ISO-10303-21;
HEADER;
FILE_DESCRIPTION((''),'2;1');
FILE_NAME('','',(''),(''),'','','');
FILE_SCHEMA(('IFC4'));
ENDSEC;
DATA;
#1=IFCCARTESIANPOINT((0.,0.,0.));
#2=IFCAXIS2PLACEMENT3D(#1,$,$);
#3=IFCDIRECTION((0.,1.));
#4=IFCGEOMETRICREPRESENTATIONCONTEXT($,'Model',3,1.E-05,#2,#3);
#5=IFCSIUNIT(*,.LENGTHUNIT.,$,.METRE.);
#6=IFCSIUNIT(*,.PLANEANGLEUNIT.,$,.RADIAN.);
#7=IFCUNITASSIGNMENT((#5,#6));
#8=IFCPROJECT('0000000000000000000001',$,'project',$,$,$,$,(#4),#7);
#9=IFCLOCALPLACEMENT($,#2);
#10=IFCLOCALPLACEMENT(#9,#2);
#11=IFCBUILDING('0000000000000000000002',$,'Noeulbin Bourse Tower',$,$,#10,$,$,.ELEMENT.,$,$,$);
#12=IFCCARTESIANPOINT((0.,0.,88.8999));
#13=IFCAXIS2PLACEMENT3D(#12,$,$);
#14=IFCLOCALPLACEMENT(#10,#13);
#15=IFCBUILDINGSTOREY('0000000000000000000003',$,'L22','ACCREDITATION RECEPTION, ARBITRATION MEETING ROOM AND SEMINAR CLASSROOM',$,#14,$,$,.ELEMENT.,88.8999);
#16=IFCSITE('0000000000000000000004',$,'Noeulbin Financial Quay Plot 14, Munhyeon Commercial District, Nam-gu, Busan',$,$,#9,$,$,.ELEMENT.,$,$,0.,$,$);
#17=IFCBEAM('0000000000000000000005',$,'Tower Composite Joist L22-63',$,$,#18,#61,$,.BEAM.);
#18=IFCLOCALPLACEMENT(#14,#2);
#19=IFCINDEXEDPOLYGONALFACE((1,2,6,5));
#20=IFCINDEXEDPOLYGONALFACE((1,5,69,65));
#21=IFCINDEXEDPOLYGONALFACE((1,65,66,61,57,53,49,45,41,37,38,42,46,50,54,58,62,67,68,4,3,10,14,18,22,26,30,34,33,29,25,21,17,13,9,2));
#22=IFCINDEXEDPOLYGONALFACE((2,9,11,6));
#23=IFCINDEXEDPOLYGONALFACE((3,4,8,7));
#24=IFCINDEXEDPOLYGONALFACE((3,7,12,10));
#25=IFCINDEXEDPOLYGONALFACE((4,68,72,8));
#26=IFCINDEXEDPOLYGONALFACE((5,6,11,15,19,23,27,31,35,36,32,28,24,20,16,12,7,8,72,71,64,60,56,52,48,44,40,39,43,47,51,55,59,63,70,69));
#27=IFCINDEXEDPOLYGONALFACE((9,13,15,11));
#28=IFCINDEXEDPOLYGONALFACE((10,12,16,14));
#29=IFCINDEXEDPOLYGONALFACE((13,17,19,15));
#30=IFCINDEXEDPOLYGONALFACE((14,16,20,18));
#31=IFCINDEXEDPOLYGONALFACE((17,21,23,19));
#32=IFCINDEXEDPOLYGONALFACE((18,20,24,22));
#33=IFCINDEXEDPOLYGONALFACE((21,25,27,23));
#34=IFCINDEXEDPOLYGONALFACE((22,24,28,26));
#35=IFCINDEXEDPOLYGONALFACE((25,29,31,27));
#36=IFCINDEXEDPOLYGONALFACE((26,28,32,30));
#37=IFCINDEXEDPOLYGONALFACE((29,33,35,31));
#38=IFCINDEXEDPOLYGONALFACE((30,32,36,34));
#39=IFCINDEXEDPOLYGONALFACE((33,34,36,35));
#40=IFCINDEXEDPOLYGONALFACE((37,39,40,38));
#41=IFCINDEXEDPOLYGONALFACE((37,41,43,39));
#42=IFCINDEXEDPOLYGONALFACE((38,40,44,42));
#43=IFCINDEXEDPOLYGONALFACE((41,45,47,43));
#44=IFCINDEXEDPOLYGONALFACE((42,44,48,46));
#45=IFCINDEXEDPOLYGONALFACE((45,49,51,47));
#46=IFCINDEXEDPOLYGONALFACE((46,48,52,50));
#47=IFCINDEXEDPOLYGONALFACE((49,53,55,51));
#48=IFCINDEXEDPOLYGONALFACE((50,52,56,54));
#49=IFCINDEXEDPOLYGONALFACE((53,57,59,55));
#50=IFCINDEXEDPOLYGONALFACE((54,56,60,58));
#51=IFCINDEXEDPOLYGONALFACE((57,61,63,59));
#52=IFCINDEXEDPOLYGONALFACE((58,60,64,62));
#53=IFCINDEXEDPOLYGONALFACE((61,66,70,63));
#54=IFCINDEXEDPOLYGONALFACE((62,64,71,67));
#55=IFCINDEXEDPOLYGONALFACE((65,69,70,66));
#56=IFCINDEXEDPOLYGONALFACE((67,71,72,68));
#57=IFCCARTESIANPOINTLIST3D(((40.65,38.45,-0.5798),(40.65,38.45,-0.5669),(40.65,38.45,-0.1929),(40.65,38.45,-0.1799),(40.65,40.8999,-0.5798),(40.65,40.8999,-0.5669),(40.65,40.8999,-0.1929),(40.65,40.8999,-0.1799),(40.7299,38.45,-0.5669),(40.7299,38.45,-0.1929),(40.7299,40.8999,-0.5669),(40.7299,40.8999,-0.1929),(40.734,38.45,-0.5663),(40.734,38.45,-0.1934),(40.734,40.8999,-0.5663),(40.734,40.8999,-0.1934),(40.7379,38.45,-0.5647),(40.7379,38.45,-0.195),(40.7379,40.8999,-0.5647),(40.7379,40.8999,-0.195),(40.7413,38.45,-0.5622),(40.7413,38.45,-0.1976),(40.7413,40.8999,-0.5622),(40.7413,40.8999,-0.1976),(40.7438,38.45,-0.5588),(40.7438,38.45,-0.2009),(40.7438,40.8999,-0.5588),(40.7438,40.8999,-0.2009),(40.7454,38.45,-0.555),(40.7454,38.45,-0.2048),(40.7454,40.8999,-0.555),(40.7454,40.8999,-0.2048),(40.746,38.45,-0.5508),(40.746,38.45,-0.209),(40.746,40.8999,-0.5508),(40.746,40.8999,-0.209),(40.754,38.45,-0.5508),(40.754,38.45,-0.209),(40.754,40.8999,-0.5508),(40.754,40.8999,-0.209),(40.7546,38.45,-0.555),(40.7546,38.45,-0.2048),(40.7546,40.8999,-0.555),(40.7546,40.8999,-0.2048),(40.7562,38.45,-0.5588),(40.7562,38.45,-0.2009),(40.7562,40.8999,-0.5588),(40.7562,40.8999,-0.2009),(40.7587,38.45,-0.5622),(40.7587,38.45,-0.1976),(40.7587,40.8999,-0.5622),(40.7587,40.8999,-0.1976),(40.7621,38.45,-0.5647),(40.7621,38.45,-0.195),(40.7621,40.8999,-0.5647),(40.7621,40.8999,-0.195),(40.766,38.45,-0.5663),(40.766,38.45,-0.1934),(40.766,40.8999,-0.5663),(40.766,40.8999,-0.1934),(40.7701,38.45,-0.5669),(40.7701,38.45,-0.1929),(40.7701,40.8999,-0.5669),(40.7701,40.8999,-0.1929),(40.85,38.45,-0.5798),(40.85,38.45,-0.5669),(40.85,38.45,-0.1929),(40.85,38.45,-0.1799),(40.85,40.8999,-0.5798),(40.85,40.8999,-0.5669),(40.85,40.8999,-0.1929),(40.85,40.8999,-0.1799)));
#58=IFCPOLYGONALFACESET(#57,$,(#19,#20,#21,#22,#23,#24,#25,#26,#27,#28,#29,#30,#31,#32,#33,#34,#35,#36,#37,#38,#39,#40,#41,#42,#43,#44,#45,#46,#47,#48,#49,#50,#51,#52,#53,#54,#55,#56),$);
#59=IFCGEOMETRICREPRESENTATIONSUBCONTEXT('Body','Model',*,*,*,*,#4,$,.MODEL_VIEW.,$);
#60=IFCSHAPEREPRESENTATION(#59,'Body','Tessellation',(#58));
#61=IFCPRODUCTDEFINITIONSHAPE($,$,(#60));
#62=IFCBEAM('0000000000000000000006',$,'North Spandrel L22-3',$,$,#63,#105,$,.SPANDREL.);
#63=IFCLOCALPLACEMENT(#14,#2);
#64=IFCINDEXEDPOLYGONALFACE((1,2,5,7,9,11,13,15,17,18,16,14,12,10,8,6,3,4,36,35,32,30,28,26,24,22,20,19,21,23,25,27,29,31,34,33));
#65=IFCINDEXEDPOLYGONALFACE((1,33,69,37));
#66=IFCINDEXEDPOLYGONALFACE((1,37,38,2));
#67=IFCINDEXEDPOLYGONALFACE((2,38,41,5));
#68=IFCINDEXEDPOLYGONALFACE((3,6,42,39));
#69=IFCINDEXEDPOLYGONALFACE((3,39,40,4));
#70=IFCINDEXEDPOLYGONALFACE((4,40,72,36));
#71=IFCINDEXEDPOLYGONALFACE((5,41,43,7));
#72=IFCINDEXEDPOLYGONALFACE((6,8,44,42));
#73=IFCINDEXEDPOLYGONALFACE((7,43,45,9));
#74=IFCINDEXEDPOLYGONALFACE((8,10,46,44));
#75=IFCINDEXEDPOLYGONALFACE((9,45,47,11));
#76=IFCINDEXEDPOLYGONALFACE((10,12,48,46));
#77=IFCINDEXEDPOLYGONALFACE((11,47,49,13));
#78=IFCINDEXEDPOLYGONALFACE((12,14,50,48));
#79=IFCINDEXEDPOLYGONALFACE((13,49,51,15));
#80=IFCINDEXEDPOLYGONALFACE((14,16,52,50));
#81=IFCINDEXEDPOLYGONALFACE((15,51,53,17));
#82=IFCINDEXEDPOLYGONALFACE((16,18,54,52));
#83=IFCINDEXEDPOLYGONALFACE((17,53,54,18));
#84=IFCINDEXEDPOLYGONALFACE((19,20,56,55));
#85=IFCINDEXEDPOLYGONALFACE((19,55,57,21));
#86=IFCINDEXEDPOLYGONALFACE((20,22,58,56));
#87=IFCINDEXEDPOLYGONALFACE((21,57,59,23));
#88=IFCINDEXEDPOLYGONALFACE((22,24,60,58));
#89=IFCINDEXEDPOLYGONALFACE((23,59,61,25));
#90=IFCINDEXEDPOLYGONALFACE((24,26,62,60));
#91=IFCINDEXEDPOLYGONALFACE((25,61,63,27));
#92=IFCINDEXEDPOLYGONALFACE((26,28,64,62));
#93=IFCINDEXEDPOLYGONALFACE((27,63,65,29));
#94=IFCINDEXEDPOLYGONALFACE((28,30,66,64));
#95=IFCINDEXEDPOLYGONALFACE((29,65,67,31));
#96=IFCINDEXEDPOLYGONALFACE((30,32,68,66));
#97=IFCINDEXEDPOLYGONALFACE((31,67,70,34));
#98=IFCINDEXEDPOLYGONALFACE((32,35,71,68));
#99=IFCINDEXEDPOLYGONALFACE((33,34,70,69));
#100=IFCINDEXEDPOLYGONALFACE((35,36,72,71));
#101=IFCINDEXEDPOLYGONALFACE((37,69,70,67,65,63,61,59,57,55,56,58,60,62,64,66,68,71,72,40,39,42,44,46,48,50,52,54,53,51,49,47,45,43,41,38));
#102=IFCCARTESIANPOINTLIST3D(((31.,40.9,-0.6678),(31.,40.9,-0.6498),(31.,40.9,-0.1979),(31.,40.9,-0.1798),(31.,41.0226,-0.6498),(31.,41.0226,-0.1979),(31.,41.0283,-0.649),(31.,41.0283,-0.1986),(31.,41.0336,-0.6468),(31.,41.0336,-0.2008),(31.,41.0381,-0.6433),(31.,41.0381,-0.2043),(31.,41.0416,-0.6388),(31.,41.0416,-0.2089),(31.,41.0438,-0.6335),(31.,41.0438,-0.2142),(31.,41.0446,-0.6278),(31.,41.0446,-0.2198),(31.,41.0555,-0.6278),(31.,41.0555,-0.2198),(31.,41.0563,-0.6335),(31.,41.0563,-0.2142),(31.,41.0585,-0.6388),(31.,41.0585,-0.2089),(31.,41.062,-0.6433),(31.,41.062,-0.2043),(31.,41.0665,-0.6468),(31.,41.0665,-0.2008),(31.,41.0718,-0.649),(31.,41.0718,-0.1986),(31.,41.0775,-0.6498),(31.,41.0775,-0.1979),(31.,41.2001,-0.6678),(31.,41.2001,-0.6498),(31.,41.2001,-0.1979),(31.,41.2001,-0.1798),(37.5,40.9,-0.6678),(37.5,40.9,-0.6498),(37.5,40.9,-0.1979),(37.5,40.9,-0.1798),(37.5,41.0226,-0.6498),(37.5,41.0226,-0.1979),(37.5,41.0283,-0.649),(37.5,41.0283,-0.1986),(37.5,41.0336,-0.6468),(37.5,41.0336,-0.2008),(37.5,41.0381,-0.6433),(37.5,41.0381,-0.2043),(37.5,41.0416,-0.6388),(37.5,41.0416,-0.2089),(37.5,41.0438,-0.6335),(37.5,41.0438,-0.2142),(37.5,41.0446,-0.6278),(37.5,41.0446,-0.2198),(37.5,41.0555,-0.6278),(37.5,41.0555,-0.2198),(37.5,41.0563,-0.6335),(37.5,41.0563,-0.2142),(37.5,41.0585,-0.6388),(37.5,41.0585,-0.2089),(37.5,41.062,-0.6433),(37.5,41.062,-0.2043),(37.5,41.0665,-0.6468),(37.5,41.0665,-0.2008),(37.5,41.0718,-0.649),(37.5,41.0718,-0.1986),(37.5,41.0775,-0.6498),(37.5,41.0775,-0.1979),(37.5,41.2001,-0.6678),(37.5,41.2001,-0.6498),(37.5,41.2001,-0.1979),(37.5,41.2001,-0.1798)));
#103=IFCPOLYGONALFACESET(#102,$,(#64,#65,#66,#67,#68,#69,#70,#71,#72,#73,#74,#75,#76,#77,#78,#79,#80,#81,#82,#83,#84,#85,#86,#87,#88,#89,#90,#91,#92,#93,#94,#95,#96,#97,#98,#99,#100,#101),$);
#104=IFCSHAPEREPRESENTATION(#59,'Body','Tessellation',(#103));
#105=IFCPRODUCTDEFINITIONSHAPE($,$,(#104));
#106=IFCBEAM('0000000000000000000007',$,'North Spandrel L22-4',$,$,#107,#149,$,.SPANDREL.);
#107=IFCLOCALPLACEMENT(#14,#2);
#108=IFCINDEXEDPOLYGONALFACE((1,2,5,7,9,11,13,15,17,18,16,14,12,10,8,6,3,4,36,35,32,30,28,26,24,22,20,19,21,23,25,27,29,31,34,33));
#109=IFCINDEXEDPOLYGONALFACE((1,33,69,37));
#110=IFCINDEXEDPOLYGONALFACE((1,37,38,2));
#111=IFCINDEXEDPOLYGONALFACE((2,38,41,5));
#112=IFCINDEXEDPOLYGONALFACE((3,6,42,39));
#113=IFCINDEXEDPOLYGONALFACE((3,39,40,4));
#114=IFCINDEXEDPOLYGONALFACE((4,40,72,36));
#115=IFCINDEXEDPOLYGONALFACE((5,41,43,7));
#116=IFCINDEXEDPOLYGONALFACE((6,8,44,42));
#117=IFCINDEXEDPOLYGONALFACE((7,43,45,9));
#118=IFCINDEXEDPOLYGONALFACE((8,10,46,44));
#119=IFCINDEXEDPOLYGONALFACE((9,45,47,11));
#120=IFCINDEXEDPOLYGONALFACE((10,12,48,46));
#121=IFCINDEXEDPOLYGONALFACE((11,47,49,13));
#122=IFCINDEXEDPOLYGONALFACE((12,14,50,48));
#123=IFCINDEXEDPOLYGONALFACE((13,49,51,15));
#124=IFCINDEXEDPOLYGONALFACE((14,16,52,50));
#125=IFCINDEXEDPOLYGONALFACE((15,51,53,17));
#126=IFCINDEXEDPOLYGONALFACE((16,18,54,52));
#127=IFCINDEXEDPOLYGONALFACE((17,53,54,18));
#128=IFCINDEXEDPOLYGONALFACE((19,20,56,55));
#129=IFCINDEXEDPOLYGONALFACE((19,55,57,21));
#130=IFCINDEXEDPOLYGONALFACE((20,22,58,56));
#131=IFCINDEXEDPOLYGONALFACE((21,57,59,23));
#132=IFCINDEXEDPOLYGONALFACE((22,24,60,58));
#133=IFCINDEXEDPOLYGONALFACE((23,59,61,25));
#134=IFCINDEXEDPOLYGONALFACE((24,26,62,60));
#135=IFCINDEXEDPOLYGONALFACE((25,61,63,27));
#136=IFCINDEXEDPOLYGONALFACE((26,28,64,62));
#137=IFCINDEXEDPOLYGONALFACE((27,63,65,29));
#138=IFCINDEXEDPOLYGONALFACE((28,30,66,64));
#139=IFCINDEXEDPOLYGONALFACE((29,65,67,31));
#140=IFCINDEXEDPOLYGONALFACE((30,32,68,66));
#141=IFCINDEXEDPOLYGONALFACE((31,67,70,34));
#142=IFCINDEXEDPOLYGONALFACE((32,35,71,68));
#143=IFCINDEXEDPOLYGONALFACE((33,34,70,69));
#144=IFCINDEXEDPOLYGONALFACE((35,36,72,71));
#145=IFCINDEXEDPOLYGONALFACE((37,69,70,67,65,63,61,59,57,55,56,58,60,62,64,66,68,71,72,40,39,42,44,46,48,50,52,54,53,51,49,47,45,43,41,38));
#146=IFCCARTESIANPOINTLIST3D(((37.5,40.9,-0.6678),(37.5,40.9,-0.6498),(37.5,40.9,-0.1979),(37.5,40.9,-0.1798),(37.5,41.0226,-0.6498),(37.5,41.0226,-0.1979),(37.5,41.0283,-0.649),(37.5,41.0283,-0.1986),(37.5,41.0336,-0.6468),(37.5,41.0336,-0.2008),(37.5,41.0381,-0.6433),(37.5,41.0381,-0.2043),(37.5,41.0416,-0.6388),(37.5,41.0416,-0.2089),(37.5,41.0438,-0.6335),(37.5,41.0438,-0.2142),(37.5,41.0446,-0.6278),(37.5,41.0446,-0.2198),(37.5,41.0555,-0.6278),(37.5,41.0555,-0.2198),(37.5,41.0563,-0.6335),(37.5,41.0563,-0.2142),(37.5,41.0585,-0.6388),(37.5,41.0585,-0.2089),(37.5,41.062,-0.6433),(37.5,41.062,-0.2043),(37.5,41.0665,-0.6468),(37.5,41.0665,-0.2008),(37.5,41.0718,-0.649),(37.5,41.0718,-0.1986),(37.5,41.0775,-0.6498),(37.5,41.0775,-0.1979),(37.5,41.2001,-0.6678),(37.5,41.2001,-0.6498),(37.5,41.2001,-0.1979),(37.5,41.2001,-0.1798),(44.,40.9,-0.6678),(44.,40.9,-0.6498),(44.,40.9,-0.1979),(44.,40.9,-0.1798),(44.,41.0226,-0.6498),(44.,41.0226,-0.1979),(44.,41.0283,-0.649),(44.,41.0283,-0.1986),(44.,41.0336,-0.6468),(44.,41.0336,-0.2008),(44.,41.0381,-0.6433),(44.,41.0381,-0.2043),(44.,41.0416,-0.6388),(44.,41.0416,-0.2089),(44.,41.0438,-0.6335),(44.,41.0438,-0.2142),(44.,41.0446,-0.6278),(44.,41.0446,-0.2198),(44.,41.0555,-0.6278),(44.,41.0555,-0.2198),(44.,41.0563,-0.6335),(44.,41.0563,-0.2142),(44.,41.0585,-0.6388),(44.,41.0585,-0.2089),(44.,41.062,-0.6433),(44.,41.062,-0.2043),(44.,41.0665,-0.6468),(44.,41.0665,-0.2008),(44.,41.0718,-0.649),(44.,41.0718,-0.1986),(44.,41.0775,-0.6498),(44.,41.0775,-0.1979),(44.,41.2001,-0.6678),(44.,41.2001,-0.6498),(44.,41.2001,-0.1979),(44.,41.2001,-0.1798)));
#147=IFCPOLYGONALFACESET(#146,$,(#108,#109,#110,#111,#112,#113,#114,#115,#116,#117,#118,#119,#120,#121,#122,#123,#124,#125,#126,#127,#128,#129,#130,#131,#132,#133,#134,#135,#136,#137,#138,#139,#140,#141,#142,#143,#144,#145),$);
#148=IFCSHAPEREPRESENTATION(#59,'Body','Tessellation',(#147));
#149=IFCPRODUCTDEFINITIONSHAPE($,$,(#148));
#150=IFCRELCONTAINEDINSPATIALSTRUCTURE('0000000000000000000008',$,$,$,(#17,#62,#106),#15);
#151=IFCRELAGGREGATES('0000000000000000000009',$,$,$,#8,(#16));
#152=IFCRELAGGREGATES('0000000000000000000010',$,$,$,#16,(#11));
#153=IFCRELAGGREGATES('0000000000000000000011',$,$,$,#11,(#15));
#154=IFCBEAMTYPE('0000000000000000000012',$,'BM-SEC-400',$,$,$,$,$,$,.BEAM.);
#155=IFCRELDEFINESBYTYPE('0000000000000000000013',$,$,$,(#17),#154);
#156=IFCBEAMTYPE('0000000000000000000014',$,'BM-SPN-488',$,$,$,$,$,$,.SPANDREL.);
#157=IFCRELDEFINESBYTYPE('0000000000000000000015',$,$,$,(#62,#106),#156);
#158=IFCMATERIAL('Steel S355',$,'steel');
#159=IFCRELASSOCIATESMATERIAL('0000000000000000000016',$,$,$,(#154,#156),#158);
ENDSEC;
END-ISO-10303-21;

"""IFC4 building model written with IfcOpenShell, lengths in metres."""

from ifc_helpers import new_model, si_unit, direction, frame, origin, origin_2d, place, context, subcontext, project, spatial, i_section, extrude, material, material_profile, profile_set, type_object, element, save


model = new_model("IFC4")

# Units and contexts
model_context = context("Model", 3, precision=1e-05, world=origin(), true_north=direction((0.0, 1.0)))
body_context = subcontext(model_context, "Body", "Model", "MODEL_VIEW")
ifc_project = project(units=[si_unit("LENGTHUNIT", "METRE"), si_unit("PLANEANGLEUNIT", "RADIAN")], contexts=[model_context])

# Site, building, storey
site_placement = place(None, origin())
site = spatial("IfcSite", under=ifc_project, at=site_placement, Name="Noeulbin Financial Quay Plot 14, Munhyeon Commercial District, Nam-gu, Busan", CompositionType="ELEMENT", RefElevation=0.0)
building_placement = place(site_placement, origin())
building = spatial("IfcBuilding", under=site, at=building_placement, Name="Noeulbin Bourse Tower", CompositionType="ELEMENT")
storey_placement = place(building_placement, frame((0.0, 0.0, 88.8999)))
storey = spatial("IfcBuildingStorey", under=building, at=storey_placement, Name="L22", Description="ACCREDITATION RECEPTION, ARBITRATION MEETING ROOM AND SEMINAR CLASSROOM", CompositionType="ELEMENT", Elevation=88.8999)

# Beams
ifc_material_1 = material(Name="Steel S355", Category="steel")
ifc_material_profile_1 = material_profile(ifc_material_1, i_section(OverallWidth=0.2, OverallDepth=0.3999, WebThickness=0.0081, FlangeThickness=0.0129, FilletRadius=0.0161, at=origin_2d()), Name="H-400x200x8x13", Category="LoadBearing")
ifc_profile_set_1 = profile_set([ifc_material_profile_1], Name="Steel S355")
beam_type_1 = type_object("IfcBeamType", Name="BM-SEC-400", PredefinedType="BEAM", material=ifc_profile_set_1)
for number, where, z_axis, x_axis, name in (
    (1, (40.75, 38.45, -0.3799), (0.0, 1.0, 0.0), (-1.0, 0.0, 0.0), "Tower Composite Joist L22-63"),
):
    element("IfcBeam", number, at=place(storey_placement, frame(where, z_axis=z_axis, x_axis=x_axis)), inside=storey, type_object=beam_type_1, Name=name, PredefinedType="BEAM", context=body_context, shape_type="SweptSolid", body=[
        extrude(i_section(OverallWidth=0.2, OverallDepth=0.3999, WebThickness=0.0081, FlangeThickness=0.0129, FilletRadius=0.0161, at=origin_2d()), origin(), (0.0, 0.0, 1.0), 2.45),
    ])
ifc_material_profile_2 = material_profile(ifc_material_1, i_section(OverallWidth=0.3, OverallDepth=0.488, WebThickness=0.011, FlangeThickness=0.0181, FilletRadius=0.022, at=origin_2d()), Name="H-488x300x11x18", Category="LoadBearing")
ifc_profile_set_2 = profile_set([ifc_material_profile_2], Name="Steel S355")
beam_type_2 = type_object("IfcBeamType", Name="BM-SPN-488", PredefinedType="SPANDREL", material=ifc_profile_set_2)
for number, where, z_axis, x_axis, name in (
    (2, (31.0, 41.05, -0.4238), (1.0, 0.0, 0.0), (0.0, 1.0, 0.0), "North Spandrel L22-3"),
    (3, (37.5, 41.05, -0.4238), (1.0, 0.0, 0.0), (0.0, 1.0, 0.0), "North Spandrel L22-4"),
):
    element("IfcBeam", number, at=place(storey_placement, frame(where, z_axis=z_axis, x_axis=x_axis)), inside=storey, type_object=beam_type_2, Name=name, PredefinedType="SPANDREL", context=body_context, shape_type="SweptSolid", body=[
        extrude(i_section(OverallWidth=0.3, OverallDepth=0.488, WebThickness=0.011, FlangeThickness=0.0181, FilletRadius=0.022, at=origin_2d()), origin(), (0.0, 0.0, 1.0), 6.5),
    ])

save(model, "model.ifc")
